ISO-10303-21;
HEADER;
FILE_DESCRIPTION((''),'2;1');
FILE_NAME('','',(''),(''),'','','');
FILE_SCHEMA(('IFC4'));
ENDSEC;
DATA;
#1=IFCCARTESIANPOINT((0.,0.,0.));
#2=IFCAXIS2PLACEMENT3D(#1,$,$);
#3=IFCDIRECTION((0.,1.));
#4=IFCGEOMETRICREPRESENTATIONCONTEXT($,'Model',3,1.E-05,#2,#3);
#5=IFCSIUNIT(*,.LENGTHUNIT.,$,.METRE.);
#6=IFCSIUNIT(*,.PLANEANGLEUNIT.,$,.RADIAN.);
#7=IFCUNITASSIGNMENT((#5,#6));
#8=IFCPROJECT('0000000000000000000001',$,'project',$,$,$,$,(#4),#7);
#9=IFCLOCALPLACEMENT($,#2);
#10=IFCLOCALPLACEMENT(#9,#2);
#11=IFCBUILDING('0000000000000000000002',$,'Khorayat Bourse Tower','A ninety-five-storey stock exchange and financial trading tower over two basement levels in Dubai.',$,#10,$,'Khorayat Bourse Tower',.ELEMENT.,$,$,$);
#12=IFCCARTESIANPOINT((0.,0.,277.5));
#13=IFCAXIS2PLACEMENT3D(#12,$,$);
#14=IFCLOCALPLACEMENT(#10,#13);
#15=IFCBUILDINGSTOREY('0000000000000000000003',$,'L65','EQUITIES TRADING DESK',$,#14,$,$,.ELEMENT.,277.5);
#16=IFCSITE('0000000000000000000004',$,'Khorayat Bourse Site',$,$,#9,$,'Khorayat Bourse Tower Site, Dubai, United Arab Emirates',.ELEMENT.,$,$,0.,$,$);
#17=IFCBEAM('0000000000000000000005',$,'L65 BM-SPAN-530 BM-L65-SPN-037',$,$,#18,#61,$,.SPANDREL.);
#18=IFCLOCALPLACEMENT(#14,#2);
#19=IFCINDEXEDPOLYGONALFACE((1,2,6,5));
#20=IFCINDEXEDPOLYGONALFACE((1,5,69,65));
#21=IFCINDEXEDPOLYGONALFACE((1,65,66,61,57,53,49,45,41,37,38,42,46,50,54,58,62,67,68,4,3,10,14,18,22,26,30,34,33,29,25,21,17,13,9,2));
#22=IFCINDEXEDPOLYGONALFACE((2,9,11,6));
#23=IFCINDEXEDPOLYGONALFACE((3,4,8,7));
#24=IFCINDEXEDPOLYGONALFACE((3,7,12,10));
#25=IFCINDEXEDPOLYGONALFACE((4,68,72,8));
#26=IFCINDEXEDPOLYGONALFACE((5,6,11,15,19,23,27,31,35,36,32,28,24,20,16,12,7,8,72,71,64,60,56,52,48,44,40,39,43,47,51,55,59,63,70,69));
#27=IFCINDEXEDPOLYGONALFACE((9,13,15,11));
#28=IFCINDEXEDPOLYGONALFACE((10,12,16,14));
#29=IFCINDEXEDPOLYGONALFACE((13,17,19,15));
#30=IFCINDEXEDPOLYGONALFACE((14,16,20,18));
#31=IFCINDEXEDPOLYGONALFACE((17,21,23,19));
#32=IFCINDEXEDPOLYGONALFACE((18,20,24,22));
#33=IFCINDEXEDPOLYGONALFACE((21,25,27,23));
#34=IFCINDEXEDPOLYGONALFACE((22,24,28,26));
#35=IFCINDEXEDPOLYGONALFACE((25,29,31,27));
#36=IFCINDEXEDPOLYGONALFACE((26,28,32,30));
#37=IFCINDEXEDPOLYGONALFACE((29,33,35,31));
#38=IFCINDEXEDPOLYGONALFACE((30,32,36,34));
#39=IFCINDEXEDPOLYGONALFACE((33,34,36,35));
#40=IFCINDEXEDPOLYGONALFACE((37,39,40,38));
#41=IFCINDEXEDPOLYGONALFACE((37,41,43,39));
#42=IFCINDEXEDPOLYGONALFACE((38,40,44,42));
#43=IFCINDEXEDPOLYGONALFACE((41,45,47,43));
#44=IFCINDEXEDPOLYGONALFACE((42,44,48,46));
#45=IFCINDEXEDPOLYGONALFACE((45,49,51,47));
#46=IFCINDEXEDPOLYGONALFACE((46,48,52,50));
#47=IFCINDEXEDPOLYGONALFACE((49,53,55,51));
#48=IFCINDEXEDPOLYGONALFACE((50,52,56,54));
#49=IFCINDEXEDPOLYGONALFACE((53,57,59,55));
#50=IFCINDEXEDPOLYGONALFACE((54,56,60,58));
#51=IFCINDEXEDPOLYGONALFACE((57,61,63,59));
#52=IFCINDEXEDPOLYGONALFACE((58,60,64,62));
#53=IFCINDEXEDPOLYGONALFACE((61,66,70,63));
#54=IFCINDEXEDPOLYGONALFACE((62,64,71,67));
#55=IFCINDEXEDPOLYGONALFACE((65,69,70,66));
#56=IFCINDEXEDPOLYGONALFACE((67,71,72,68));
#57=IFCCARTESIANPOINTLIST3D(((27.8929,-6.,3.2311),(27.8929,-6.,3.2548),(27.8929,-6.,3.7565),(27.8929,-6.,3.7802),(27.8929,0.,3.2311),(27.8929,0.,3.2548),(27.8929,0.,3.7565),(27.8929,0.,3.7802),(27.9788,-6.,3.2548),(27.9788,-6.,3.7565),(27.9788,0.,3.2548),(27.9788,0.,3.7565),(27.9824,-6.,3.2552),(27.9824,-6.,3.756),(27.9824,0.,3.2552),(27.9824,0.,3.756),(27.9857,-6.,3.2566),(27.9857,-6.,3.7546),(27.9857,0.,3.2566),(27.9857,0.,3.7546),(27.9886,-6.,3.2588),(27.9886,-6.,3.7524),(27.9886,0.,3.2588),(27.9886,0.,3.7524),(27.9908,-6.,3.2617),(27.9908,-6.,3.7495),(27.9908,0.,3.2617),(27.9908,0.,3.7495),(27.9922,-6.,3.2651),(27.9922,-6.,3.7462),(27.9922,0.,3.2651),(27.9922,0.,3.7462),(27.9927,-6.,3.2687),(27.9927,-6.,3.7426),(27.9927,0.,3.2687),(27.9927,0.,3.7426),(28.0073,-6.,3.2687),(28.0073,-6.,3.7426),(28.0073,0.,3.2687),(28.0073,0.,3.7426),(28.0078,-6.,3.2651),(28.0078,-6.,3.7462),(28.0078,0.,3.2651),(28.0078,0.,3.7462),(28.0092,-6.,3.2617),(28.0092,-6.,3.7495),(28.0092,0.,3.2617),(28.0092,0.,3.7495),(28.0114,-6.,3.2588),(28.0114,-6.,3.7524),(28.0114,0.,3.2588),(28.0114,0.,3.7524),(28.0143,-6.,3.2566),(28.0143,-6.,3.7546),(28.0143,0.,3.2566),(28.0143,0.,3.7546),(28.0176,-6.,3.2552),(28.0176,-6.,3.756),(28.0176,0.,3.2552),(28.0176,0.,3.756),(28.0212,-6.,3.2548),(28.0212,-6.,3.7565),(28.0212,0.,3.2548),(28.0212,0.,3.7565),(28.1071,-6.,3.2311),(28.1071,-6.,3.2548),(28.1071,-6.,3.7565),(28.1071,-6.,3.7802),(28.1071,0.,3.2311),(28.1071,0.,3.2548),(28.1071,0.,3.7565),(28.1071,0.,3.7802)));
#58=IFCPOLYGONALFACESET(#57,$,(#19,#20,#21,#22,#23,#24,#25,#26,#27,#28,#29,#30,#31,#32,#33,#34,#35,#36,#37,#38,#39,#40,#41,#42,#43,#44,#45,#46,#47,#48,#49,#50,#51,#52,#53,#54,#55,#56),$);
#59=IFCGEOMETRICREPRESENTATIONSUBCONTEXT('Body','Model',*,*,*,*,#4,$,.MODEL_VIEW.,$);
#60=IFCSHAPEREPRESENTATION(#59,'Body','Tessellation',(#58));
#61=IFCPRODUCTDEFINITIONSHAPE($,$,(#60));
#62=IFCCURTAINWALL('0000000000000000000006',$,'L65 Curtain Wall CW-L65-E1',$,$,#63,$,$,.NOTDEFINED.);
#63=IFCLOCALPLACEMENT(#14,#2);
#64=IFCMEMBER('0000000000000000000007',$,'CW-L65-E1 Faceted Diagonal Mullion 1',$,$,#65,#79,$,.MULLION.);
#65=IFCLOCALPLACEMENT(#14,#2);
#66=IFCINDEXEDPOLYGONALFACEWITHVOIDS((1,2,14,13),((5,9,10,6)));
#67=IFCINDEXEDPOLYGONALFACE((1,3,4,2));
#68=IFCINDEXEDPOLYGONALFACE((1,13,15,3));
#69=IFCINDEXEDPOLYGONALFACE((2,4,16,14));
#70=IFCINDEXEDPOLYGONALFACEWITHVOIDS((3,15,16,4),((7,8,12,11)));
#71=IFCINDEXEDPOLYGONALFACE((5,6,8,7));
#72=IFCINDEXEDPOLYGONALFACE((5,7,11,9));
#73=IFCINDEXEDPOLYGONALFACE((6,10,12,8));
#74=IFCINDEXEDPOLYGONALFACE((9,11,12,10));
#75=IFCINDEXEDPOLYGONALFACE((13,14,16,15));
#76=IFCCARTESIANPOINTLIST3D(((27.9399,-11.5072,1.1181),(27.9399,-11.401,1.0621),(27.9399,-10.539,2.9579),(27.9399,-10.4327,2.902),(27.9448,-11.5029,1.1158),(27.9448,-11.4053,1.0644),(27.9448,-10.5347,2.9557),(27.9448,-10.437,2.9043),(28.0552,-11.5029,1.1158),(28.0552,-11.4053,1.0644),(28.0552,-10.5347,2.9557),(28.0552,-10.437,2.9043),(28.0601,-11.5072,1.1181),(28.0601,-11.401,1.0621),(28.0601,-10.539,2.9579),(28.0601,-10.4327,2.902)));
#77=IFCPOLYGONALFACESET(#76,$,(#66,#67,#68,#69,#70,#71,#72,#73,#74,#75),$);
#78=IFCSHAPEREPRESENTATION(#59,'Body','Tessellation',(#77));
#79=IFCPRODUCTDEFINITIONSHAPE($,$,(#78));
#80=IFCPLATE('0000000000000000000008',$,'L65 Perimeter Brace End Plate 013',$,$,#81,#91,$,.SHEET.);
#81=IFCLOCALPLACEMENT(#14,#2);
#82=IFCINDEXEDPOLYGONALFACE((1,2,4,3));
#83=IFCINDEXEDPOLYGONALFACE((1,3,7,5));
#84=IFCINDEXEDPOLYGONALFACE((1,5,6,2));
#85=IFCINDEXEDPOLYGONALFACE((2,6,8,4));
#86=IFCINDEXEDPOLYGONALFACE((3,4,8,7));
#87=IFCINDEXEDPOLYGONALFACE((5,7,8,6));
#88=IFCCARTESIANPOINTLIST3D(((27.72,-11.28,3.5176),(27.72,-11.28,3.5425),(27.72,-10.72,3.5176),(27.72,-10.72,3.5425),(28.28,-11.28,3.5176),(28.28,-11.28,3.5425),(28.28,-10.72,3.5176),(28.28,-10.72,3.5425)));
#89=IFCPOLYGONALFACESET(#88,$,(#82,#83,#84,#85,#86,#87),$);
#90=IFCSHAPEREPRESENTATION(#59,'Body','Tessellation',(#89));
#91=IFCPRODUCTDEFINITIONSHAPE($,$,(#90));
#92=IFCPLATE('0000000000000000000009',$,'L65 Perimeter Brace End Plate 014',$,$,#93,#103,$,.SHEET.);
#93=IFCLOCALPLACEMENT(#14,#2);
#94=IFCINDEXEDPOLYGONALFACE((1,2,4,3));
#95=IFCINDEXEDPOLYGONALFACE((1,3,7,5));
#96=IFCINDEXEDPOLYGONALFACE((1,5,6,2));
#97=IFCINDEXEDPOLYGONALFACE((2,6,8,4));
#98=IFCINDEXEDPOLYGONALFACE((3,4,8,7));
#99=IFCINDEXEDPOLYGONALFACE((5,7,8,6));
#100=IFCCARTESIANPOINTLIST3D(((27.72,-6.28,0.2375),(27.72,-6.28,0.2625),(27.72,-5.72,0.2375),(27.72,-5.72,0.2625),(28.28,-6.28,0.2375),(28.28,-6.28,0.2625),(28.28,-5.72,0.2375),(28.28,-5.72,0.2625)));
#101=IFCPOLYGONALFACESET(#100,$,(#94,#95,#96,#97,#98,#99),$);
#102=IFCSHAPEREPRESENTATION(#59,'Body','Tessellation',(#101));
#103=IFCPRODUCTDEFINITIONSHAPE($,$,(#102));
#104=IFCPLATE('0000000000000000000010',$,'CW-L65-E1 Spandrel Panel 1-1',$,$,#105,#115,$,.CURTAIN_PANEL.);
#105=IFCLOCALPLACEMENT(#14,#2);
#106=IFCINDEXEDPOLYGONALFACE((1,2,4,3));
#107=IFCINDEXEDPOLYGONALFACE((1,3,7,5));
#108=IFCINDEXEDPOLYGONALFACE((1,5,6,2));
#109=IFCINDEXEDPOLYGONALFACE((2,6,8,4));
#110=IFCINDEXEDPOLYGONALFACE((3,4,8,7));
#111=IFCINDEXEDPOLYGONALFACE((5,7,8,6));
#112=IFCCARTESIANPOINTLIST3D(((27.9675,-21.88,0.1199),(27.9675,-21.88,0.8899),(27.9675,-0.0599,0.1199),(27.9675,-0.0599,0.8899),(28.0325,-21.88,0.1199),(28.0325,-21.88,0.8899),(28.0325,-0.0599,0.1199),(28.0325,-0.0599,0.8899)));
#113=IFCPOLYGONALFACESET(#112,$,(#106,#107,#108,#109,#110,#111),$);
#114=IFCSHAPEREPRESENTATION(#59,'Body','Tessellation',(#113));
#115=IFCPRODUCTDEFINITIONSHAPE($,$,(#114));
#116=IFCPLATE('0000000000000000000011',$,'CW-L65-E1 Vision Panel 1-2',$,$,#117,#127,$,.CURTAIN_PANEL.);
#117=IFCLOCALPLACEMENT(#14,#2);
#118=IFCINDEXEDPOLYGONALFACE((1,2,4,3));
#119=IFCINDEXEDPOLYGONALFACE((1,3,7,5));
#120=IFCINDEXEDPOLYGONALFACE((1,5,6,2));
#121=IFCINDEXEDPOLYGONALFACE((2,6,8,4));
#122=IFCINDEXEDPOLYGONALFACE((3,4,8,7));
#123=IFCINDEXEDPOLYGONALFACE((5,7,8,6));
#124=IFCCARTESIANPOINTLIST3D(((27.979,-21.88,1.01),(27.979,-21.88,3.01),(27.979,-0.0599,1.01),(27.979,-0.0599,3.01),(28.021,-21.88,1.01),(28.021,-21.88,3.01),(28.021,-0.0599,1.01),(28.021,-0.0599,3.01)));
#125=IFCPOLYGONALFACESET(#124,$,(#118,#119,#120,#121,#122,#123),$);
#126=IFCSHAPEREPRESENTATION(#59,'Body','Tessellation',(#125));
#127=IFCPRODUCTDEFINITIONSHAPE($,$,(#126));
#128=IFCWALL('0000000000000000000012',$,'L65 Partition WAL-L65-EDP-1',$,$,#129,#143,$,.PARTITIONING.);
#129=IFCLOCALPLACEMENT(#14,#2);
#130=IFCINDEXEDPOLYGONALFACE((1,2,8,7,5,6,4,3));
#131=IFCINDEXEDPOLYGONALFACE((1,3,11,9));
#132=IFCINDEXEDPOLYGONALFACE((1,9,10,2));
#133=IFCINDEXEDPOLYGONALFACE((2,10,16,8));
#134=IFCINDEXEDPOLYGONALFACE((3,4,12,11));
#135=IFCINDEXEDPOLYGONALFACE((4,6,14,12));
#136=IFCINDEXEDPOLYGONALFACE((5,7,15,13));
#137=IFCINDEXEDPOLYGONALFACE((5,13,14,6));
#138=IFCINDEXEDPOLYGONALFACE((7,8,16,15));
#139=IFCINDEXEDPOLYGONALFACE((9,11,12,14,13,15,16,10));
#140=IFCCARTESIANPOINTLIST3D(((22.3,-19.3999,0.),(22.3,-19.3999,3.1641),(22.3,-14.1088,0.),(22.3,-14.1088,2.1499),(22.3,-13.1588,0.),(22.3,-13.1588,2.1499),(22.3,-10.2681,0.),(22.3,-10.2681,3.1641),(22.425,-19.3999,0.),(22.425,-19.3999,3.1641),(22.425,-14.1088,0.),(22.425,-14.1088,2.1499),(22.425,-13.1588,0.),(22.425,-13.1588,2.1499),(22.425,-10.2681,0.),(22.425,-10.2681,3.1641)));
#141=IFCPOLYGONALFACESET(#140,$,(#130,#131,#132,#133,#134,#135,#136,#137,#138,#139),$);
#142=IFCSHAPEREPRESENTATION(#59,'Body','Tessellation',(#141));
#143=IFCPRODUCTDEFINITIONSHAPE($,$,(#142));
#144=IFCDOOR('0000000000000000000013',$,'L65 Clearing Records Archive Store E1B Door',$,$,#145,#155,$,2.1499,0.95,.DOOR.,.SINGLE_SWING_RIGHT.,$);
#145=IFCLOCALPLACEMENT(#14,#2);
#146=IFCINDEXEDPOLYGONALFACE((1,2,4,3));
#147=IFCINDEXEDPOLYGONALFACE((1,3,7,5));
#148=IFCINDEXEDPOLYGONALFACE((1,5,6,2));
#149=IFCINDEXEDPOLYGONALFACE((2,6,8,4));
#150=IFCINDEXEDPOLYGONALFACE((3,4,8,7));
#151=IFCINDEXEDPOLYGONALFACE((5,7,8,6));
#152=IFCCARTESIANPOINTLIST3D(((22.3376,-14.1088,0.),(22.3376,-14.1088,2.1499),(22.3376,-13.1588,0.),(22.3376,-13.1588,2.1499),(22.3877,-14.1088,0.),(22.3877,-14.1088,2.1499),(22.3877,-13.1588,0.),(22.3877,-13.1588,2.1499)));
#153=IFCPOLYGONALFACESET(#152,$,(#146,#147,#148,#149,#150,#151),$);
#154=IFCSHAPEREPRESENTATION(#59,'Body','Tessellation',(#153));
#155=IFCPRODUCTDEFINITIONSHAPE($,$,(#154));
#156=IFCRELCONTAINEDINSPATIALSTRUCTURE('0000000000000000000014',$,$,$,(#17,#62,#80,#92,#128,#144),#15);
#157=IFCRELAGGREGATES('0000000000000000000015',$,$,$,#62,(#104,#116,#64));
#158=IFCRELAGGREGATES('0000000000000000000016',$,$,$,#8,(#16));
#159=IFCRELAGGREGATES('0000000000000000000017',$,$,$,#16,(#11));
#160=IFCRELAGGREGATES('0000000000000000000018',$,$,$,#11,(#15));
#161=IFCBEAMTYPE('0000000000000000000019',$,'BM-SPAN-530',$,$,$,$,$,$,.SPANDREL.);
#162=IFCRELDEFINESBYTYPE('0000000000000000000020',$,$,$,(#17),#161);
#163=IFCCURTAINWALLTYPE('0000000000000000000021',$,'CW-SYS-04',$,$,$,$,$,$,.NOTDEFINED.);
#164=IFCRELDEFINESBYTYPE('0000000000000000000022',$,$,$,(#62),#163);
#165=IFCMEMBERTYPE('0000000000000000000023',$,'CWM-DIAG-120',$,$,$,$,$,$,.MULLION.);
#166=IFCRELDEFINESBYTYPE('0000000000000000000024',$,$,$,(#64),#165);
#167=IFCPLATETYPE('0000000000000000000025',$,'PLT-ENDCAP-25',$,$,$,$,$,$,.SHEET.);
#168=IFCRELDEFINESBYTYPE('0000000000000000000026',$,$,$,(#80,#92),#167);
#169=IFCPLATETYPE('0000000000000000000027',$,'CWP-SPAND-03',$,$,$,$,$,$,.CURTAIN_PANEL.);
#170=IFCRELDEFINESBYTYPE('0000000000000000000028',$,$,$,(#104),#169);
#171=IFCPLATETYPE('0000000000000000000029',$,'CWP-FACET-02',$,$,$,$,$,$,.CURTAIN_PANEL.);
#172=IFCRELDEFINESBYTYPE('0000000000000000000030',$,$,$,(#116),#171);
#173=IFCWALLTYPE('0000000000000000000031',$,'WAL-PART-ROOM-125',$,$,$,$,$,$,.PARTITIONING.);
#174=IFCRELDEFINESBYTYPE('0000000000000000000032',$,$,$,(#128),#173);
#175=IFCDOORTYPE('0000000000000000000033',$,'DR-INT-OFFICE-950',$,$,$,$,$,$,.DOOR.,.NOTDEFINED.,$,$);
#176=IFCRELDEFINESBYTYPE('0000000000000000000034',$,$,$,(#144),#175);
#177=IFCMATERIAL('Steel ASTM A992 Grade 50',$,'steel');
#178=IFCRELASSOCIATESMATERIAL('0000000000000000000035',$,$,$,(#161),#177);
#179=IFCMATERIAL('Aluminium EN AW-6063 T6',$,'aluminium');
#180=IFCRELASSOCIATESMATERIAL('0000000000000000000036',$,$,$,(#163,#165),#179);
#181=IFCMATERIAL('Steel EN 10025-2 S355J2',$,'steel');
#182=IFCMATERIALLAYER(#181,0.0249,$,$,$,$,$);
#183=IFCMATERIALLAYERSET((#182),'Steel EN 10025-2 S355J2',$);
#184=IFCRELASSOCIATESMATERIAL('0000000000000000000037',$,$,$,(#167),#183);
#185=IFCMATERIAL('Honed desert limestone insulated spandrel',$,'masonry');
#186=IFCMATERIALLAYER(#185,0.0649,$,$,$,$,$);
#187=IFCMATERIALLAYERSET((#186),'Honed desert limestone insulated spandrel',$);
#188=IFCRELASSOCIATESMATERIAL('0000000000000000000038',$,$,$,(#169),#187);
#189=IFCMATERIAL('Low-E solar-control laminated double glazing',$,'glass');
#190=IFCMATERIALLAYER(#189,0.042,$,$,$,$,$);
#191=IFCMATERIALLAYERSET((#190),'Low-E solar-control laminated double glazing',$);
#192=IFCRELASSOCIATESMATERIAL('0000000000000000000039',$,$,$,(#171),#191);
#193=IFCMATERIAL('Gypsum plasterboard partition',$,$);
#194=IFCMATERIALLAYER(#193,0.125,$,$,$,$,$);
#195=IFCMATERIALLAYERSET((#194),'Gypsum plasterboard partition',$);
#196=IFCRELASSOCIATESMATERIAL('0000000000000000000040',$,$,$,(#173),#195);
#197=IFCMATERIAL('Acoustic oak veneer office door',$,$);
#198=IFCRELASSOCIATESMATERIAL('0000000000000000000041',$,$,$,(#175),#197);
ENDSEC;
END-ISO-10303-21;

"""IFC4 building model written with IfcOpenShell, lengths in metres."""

from ifc_helpers import new_model, si_unit, direction, frame, frame_2d, origin, origin_2d, place, context, subcontext, project, spatial, rectangle, hollow_rectangle, i_section, extrude, source, transform, mapped, material, layer, layer_set, material_profile, profile_set, type_object, element, fill, aggregate, save


model = new_model("IFC4")

# Units and contexts
model_context = context("Model", 3, precision=1e-05, world=origin(), true_north=direction((0.0, 1.0)))
body_context = subcontext(model_context, "Body", "Model", "MODEL_VIEW")
ifc_project = project(units=[si_unit("LENGTHUNIT", "METRE"), si_unit("PLANEANGLEUNIT", "RADIAN")], contexts=[model_context])

# Site, building, storey
site_placement = place(None, origin())
site = spatial("IfcSite", under=ifc_project, at=site_placement, Name="Khorayat Bourse Site", LongName="Khorayat Bourse Tower Site, Dubai, United Arab Emirates", CompositionType="ELEMENT", RefElevation=0.0)
building_placement = place(site_placement, origin())
building = spatial("IfcBuilding", under=site, at=building_placement, Name="Khorayat Bourse Tower", Description="A ninety-five-storey stock exchange and financial trading tower over two basement levels in Dubai.", LongName="Khorayat Bourse Tower", CompositionType="ELEMENT")
storey_placement = place(building_placement, frame((0.0, 0.0, 277.5)))
storey = spatial("IfcBuildingStorey", under=building, at=storey_placement, Name="L65", Description="EQUITIES TRADING DESK", CompositionType="ELEMENT", Elevation=277.5)

# Beam
ifc_material_1 = material(Name="Steel ASTM A992 Grade 50", Category="steel")
ifc_material_profile_1 = material_profile(ifc_material_1, i_section(OverallWidth=0.2141, OverallDepth=0.5491, WebThickness=0.0146, FlangeThickness=0.0237, FilletRadius=0.0139, at=origin_2d()), Name="W530X138")
ifc_profile_set_1 = profile_set([ifc_material_profile_1], Name="Steel ASTM A992 Grade 50")
beam_type = type_object("IfcBeamType", Name="BM-SPAN-530", PredefinedType="SPANDREL", material=ifc_profile_set_1)
shared_shape_1 = source(origin(), body_context, "Body", "SweptSolid", [
    extrude(i_section(OverallWidth=0.2141, OverallDepth=0.5491, WebThickness=0.0146, FlangeThickness=0.0237, FilletRadius=0.0139, at=origin_2d()), origin(), (0.0, 0.0, 1.0), 6.0),
])
beam_1_placement = place(storey_placement, frame((28.0, -6.0, 3.5056), z_axis=(0.0, 1.0, 0.0), x_axis=(-1.0, 0.0, 0.0)))
element("IfcBeam", 1, at=beam_1_placement, inside=storey, type_object=beam_type, Name="L65 BM-SPAN-530 BM-L65-SPN-037", PredefinedType="SPANDREL", context=body_context, shape_type="MappedRepresentation", body=[
    mapped(shared_shape_1, transform((0.0, 0.0, 0.0), scale=1.0)),
])

# Curtain wall, member
ifc_material_2 = material(Name="Aluminium EN AW-6063 T6", Category="aluminium")
curtain_wall_type = type_object("IfcCurtainWallType", Name="CW-SYS-04", PredefinedType="NOTDEFINED", material=ifc_material_2)
curtain_wall_placement = place(storey_placement, origin())
curtain_wall = element("IfcCurtainWall", 2, at=curtain_wall_placement, inside=storey, type_object=curtain_wall_type, Name="L65 Curtain Wall CW-L65-E1", PredefinedType="NOTDEFINED")
ifc_material_profile_2 = material_profile(ifc_material_2, hollow_rectangle(XDim=0.1201, YDim=0.1201, WallThickness=0.0049, at=origin_2d()), Name="ALU 120x120x5")
ifc_profile_set_2 = profile_set([ifc_material_profile_2], Name="Aluminium EN AW-6063 T6")
member_type_1 = type_object("IfcMemberType", Name="CWM-DIAG-120", PredefinedType="MULLION", material=ifc_profile_set_2)
shared_shape_2 = source(origin(), body_context, "Body", "SweptSolid", [
    extrude(hollow_rectangle(XDim=0.1201, YDim=0.1201, WallThickness=0.0049, at=origin_2d()), origin(), (0.0, 0.0, 1.0), 2.0791),
])
member_1_placement = place(storey_placement, frame((28.0, -11.4541, 1.0901), z_axis=(0.0, 0.465717, 0.884934), x_axis=(-1.0, 0.0, 0.0)))
member_1 = element("IfcMember", 3, at=member_1_placement, type_object=member_type_1, Name="CW-L65-E1 Faceted Diagonal Mullion 1", PredefinedType="MULLION", context=body_context, shape_type="MappedRepresentation", body=[
    mapped(shared_shape_2, transform((0.0, 0.0, 0.0), scale=1.0)),
])

# Plates
ifc_material_3 = material(Name="Steel EN 10025-2 S355J2", Category="steel")
ifc_layer_1 = layer(ifc_material_3, 0.0249)
ifc_layer_set_1 = layer_set([ifc_layer_1], Name="Steel EN 10025-2 S355J2")
plate_type_1 = type_object("IfcPlateType", Name="PLT-ENDCAP-25", PredefinedType="SHEET", material=ifc_layer_set_1)
shared_shape_3 = source(origin(), body_context, "Body", "SweptSolid", [
    extrude(rectangle(XDim=0.5601, YDim=0.5601, at=origin_2d()), origin(), (0.0, 0.0, 1.0), 0.0249),
])
for number, where, z_axis, x_axis, name in (
    (4, (28.0, -11.0, 3.5176), (0.0, 0.0, 1.0), (1.0, 0.0, 0.0), "L65 Perimeter Brace End Plate 013"),
    (5, (28.0, -6.0, 0.2375), (0.0, 0.0, 1.0), (1.0, 0.0, 0.0), "L65 Perimeter Brace End Plate 014"),
):
    element("IfcPlate", number, at=place(storey_placement, frame(where, z_axis=z_axis, x_axis=x_axis)), inside=storey, type_object=plate_type_1, Name=name, PredefinedType="SHEET", context=body_context, shape_type="MappedRepresentation", body=[
        mapped(shared_shape_3, transform((0.0, 0.0, 0.0), scale=1.0)),
    ])

# Plates
ifc_material_4 = material(Name="Honed desert limestone insulated spandrel", Category="masonry")
ifc_layer_2 = layer(ifc_material_4, 0.0649)
ifc_layer_set_2 = layer_set([ifc_layer_2], Name="Honed desert limestone insulated spandrel")
plate_type_2 = type_object("IfcPlateType", Name="CWP-SPAND-03", PredefinedType="CURTAIN_PANEL", material=ifc_layer_set_2)
shared_shape_4 = source(origin(), body_context, "Body", "SweptSolid", [
    extrude(rectangle(XDim=21.8201, YDim=0.0649, at=origin_2d()), origin(), (0.0, 0.0, 1.0), 0.77),
])
plate_1_placement = place(storey_placement, frame((28.0, -10.97, 0.1199), z_axis=(0.0, 0.0, 1.0), x_axis=(0.0, 1.0, 0.0)))
plate_1 = element("IfcPlate", 6, at=plate_1_placement, type_object=plate_type_2, Name="CW-L65-E1 Spandrel Panel 1-1", PredefinedType="CURTAIN_PANEL", context=body_context, shape_type="MappedRepresentation", body=[
    mapped(shared_shape_4, transform((0.0, 0.0, 0.0), scale=1.0)),
])
ifc_material_5 = material(Name="Low-E solar-control laminated double glazing", Category="glass")
ifc_layer_3 = layer(ifc_material_5, 0.042)
ifc_layer_set_3 = layer_set([ifc_layer_3], Name="Low-E solar-control laminated double glazing")
plate_type_3 = type_object("IfcPlateType", Name="CWP-FACET-02", PredefinedType="CURTAIN_PANEL", material=ifc_layer_set_3)
shared_shape_5 = source(origin(), body_context, "Body", "SweptSolid", [
    extrude(rectangle(XDim=21.8201, YDim=0.042, at=origin_2d()), origin(), (0.0, 0.0, 1.0), 2.0),
])
plate_2_placement = place(storey_placement, frame((28.0, -10.97, 1.01), z_axis=(0.0, 0.0, 1.0), x_axis=(0.0, 1.0, 0.0)))
plate_2 = element("IfcPlate", 7, at=plate_2_placement, type_object=plate_type_3, Name="CW-L65-E1 Vision Panel 1-2", PredefinedType="CURTAIN_PANEL", context=body_context, shape_type="MappedRepresentation", body=[
    mapped(shared_shape_5, transform((0.0, 0.0, 0.0), scale=1.0)),
])
aggregate(curtain_wall, [plate_1, plate_2, member_1])

# Wall, opening, door
ifc_material_6 = material(Name="Gypsum plasterboard partition")
ifc_layer_4 = layer(ifc_material_6, 0.125)
ifc_layer_set_4 = layer_set([ifc_layer_4], Name="Gypsum plasterboard partition")
wall_type = type_object("IfcWallType", Name="WAL-PART-ROOM-125", PredefinedType="PARTITIONING", material=ifc_layer_set_4)
shared_shape_6 = source(origin(), body_context, "Body", "SweptSolid", [
    extrude(rectangle(XDim=9.1318, YDim=0.125, at=frame_2d((4.5659, 0.0))), origin(), (0.0, 0.0, 1.0), 3.1641),
])
wall_1_placement = place(storey_placement, frame((22.3625, -19.3999, 0.0), z_axis=(0.0, 0.0, 1.0), x_axis=(0.0, 1.0, 0.0)))
wall_1 = element("IfcWall", 8, at=wall_1_placement, inside=storey, type_object=wall_type, Name="L65 Partition WAL-L65-EDP-1", PredefinedType="PARTITIONING", context=body_context, shape_type="MappedRepresentation", body=[
    mapped(shared_shape_6, transform((0.0, 0.0, 0.0), scale=1.0)),
])
shared_shape_7 = source(origin(), body_context, "Body", "SweptSolid", [
    extrude(rectangle(XDim=0.95, YDim=2.1499, at=frame_2d((0.4751, 1.075))), frame((0.0, 0.0725, 0.0), z_axis=(0.0, -1.0, 0.0), x_axis=(1.0, 0.0, 0.0)), (0.0, 0.0, 1.0), 0.145),
])
opening_1_placement = place(wall_1_placement, frame((5.291, 0.0, 0.0)))
opening_1 = element("IfcOpeningElement", 9, at=opening_1_placement, cuts=wall_1, PredefinedType="OPENING", context=body_context, shape_type="MappedRepresentation", body=[
    mapped(shared_shape_7, transform((0.0, 0.0, 0.0), scale=1.0)),
])
ifc_material_7 = material(Name="Acoustic oak veneer office door")
door_type = type_object("IfcDoorType", Name="DR-INT-OFFICE-950", OperationType="NOTDEFINED", PredefinedType="DOOR", material=ifc_material_7)
shared_shape_8 = source(origin(), body_context, "Body", "SweptSolid", [
    extrude(rectangle(XDim=0.95, YDim=2.1499, at=frame_2d((0.4751, 1.075))), frame((0.0, 0.0249, 0.0), z_axis=(0.0, -1.0, 0.0), x_axis=(1.0, 0.0, 0.0)), (0.0, 0.0, 1.0), 0.05),
])
door_1_placement = place(opening_1_placement, origin())
door_1 = element("IfcDoor", 10, at=door_1_placement, inside=storey, type_object=door_type, Name="L65 Clearing Records Archive Store E1B Door", OperationType="SINGLE_SWING_RIGHT", OverallHeight=2.1499, OverallWidth=0.95, PredefinedType="DOOR", context=body_context, shape_type="MappedRepresentation", body=[
    mapped(shared_shape_8, transform((0.0, 0.0, 0.0), scale=1.0)),
])
fill(opening_1, door_1)

save(model, "model.ifc")
